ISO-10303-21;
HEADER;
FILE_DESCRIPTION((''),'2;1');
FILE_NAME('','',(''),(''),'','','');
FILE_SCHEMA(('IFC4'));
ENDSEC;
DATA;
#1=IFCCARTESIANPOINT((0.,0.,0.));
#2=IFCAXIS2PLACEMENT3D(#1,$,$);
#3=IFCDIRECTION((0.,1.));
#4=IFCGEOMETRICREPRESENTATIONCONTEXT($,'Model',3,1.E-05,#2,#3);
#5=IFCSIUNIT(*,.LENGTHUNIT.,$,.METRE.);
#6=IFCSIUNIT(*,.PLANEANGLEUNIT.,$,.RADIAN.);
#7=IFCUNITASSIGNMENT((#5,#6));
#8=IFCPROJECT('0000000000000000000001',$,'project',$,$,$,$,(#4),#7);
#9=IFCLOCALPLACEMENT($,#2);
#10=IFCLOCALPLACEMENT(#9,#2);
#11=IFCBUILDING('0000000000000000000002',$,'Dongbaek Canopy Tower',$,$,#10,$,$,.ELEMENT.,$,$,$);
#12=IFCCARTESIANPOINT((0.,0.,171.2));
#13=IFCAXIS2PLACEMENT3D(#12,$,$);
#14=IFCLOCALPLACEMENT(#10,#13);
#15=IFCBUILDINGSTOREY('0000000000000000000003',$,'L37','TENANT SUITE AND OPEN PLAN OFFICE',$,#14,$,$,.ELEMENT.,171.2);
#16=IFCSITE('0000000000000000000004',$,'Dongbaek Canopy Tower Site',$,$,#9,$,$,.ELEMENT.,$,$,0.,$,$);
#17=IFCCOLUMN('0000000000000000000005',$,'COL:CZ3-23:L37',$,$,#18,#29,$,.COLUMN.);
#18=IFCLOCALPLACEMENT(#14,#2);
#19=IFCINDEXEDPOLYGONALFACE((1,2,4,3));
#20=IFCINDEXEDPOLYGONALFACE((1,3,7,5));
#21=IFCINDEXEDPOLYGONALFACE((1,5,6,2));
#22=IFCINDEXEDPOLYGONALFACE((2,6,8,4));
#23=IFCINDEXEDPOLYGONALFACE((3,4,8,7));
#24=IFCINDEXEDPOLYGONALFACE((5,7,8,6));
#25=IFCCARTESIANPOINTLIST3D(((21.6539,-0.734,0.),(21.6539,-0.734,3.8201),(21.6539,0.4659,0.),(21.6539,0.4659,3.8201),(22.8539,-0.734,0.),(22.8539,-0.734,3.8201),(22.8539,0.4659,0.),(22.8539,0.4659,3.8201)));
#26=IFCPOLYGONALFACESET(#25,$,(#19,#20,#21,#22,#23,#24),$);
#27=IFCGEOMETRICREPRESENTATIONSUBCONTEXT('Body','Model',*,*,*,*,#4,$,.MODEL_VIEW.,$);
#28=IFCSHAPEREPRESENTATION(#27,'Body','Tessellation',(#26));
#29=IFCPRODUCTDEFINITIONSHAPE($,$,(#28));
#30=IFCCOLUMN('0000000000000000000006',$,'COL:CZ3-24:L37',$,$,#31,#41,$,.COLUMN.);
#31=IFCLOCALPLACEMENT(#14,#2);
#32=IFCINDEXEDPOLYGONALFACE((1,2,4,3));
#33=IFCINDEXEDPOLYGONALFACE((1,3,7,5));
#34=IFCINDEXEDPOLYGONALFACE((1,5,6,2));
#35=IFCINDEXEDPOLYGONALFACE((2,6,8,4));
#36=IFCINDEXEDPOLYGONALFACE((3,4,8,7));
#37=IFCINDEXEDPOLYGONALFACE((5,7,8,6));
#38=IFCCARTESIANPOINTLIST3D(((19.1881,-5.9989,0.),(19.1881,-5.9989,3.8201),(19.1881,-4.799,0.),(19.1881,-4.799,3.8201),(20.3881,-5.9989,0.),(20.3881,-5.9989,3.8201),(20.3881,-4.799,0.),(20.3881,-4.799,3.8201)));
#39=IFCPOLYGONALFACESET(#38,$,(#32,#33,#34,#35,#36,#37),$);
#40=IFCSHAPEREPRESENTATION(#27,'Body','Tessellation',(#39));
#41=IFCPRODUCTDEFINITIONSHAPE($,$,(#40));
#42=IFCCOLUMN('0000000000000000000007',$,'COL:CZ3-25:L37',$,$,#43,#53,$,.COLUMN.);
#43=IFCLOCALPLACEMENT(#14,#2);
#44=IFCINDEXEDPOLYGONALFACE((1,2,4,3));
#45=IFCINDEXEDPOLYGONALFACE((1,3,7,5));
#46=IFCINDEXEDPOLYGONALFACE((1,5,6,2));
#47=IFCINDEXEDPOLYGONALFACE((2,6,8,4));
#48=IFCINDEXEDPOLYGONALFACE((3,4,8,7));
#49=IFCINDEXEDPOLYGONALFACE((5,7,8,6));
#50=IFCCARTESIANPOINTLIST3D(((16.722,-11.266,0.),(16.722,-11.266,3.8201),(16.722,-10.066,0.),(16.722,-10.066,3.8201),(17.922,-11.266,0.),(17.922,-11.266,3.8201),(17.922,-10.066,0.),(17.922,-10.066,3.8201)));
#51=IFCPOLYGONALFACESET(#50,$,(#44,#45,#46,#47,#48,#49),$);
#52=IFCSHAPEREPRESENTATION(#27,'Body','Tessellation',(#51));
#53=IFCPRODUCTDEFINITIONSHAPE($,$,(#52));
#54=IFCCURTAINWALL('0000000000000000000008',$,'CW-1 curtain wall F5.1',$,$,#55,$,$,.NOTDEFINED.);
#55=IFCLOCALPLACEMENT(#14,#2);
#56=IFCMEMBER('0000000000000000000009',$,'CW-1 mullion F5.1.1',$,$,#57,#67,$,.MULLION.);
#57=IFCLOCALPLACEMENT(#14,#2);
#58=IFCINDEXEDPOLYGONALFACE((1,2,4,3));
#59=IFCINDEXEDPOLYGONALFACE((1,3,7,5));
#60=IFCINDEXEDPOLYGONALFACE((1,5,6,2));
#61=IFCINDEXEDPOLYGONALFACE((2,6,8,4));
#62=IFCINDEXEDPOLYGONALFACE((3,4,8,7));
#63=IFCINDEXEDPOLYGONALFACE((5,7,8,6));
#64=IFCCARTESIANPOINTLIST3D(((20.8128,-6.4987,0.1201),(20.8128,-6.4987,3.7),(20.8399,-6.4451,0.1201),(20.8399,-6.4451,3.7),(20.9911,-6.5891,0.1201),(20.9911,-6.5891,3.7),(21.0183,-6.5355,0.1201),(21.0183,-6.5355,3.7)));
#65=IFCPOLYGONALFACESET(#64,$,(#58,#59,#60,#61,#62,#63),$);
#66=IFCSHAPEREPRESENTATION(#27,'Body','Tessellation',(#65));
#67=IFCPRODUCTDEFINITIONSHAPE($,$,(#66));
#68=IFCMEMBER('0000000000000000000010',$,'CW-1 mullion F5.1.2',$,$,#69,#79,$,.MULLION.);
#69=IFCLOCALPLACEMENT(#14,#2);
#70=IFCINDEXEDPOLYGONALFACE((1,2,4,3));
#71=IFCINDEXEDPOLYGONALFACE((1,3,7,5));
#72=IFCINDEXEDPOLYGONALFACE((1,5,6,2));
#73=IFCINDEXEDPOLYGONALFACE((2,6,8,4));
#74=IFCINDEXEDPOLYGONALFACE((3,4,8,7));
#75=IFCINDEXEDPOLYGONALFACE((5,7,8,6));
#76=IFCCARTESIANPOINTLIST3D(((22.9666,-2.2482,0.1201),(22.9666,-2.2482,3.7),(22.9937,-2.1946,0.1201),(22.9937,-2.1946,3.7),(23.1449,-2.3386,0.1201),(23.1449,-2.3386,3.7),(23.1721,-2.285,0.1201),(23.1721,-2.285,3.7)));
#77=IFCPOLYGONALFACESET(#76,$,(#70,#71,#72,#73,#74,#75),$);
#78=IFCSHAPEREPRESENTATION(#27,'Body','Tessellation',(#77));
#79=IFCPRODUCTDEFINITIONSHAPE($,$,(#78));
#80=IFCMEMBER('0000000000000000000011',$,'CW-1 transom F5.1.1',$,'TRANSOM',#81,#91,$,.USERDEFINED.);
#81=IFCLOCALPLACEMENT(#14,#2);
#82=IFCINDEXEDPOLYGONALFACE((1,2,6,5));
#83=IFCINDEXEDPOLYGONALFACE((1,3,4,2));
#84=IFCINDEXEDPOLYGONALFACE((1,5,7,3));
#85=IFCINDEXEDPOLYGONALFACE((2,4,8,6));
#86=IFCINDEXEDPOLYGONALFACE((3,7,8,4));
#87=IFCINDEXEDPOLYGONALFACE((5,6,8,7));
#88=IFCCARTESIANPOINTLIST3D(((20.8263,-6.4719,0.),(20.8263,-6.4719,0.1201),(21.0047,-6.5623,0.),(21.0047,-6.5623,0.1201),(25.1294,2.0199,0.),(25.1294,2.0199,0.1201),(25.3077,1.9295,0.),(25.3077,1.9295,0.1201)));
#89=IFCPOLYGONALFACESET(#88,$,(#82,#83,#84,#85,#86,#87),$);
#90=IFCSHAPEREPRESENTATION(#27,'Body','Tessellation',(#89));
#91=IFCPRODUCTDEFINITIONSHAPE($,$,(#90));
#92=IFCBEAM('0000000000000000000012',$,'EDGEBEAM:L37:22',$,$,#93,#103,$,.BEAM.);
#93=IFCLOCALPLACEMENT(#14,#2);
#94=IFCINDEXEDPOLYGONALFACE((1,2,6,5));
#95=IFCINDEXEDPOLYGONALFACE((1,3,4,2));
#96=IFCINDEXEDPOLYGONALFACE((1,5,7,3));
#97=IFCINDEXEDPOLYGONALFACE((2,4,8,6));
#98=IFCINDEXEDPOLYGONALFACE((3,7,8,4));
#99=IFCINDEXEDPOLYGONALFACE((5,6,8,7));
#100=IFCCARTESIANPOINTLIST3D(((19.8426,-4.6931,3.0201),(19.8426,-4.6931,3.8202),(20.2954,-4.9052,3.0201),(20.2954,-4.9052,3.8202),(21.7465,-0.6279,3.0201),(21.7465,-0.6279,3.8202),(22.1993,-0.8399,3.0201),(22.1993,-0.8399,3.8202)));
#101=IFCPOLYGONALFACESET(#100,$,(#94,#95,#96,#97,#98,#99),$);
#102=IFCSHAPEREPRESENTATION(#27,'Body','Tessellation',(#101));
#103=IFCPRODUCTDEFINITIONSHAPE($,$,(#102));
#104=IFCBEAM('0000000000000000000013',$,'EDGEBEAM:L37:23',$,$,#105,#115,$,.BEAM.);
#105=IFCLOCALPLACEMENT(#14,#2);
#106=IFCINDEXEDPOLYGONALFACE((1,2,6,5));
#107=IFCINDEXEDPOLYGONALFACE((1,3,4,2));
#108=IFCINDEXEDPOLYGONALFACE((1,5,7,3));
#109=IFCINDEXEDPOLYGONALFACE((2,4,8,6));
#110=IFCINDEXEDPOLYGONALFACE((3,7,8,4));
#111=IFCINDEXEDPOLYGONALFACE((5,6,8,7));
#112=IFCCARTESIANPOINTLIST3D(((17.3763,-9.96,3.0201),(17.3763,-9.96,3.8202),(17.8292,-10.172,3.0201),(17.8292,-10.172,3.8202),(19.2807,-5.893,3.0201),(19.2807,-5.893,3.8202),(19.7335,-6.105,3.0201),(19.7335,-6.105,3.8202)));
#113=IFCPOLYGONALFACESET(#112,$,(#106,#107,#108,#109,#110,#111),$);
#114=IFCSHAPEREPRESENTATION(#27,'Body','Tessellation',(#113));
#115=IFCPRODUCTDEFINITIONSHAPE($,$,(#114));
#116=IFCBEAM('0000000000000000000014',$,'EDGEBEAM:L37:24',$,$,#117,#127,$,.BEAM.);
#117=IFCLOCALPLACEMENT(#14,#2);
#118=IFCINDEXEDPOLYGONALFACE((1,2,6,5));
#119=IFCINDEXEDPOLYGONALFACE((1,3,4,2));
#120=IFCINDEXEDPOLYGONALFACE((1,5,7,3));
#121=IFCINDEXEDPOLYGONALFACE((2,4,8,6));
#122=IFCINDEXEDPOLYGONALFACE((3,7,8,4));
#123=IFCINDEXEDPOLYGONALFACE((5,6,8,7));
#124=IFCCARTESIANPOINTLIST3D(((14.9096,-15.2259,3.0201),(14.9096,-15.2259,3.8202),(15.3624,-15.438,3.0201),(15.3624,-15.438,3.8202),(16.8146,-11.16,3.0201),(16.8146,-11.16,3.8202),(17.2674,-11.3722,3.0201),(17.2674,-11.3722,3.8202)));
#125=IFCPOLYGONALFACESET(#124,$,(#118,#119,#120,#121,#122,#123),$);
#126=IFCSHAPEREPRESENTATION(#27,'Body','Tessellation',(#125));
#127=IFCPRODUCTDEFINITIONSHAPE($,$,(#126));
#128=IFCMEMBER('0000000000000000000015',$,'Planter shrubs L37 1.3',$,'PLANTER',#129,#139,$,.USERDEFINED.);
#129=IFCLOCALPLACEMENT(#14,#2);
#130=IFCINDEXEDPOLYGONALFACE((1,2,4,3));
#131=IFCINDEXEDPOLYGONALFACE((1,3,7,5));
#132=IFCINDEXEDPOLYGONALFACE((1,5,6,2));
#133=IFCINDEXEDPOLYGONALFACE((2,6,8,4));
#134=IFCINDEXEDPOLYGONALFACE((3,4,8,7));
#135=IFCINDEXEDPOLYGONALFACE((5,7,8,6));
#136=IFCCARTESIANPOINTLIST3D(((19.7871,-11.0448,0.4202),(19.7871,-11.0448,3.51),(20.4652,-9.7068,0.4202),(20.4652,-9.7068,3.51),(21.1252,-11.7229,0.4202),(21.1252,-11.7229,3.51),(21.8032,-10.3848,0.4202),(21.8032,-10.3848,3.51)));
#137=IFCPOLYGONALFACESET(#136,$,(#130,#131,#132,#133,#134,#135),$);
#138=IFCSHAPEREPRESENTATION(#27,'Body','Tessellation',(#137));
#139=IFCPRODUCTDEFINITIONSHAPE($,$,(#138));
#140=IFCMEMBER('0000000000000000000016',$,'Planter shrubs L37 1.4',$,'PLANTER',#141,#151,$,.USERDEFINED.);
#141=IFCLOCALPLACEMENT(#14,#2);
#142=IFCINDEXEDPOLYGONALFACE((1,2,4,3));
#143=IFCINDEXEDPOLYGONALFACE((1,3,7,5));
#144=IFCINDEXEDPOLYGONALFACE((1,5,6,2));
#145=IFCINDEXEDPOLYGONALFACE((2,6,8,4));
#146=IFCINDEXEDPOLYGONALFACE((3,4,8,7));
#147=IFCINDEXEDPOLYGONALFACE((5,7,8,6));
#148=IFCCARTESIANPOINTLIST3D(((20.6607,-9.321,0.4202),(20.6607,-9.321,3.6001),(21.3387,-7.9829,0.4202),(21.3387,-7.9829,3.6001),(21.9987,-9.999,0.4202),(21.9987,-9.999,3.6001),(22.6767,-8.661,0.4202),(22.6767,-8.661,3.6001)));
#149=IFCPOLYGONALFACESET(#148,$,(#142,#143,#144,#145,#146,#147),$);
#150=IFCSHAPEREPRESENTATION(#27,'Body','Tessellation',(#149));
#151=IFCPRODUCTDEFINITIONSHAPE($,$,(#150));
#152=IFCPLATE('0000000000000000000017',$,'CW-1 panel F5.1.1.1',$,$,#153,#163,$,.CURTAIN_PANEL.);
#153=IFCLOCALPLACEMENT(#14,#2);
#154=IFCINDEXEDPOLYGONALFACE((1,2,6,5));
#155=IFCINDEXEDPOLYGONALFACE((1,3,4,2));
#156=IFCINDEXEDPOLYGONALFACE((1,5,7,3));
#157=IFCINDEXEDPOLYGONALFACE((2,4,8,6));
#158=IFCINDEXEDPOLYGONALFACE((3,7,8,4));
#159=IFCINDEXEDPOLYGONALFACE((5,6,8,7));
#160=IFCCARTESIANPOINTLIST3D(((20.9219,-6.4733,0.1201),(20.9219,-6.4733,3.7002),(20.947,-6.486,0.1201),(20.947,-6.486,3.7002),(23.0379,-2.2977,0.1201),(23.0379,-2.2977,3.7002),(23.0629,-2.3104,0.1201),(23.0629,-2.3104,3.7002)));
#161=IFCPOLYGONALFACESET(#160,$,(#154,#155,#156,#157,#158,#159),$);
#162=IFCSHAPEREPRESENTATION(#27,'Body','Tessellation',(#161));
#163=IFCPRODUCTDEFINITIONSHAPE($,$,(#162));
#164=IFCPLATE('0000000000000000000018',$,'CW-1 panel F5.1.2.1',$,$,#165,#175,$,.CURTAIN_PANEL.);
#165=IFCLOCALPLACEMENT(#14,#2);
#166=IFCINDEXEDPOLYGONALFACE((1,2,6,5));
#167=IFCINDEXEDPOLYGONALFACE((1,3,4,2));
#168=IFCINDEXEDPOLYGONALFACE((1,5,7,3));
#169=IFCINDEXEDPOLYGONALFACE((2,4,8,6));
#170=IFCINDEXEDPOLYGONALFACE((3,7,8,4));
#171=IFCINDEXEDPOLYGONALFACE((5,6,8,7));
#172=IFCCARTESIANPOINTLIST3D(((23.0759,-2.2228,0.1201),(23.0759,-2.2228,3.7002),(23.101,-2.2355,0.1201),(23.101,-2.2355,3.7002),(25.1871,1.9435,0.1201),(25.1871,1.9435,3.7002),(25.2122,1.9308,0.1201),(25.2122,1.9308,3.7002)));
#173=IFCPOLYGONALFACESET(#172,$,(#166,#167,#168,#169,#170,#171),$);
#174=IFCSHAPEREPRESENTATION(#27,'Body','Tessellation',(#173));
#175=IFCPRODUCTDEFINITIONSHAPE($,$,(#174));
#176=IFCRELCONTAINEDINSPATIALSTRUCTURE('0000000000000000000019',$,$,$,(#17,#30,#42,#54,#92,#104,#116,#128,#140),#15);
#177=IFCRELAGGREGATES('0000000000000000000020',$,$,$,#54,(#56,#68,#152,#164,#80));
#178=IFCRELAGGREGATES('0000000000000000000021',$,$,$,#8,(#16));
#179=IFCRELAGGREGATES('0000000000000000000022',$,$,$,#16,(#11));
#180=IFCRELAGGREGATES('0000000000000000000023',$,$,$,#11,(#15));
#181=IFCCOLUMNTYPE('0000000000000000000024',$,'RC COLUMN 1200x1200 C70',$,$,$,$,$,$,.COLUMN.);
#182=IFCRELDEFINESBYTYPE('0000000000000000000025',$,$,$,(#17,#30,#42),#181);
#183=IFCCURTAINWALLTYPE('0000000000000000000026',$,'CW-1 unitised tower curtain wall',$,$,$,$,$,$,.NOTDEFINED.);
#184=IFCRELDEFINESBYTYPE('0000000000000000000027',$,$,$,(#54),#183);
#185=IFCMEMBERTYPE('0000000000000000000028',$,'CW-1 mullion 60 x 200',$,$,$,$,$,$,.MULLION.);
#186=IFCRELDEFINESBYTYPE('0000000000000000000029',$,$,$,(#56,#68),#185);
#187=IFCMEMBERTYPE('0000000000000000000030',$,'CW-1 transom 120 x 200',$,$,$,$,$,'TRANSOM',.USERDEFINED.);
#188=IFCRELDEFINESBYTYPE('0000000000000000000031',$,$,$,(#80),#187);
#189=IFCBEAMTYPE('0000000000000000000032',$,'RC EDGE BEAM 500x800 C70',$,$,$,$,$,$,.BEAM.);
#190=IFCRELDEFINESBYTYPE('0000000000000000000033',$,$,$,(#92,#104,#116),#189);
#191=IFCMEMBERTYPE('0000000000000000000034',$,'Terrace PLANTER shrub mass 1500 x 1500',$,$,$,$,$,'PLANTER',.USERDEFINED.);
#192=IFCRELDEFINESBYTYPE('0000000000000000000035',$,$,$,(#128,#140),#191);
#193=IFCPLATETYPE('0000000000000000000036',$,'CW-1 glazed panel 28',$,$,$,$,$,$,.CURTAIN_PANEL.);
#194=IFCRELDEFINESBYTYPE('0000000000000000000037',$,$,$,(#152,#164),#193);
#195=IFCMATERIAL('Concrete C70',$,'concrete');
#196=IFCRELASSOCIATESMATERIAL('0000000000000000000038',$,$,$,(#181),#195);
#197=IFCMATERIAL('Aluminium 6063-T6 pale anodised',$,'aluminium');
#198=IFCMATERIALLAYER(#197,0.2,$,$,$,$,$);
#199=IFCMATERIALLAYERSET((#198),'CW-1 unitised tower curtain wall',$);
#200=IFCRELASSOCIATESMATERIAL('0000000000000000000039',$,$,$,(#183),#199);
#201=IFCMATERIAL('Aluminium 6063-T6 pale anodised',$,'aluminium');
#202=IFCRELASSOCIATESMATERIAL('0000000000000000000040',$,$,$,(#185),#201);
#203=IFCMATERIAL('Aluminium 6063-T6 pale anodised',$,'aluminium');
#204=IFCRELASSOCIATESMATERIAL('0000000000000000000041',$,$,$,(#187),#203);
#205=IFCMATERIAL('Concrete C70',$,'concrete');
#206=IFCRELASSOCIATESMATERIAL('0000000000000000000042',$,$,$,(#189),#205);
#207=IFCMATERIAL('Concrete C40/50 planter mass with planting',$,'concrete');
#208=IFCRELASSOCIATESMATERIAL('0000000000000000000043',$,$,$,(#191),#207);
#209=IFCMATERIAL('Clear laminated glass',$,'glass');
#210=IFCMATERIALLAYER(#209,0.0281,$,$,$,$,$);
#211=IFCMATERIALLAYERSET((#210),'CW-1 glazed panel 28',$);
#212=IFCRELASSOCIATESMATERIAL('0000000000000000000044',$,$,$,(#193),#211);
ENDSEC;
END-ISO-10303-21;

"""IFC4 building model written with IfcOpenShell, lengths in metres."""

from ifc_helpers import new_model, si_unit, direction, frame, origin, origin_2d, place, context, subcontext, project, spatial, rectangle, extrude, material, layer, layer_set, material_profile, profile_set, type_object, element, aggregate, save


model = new_model("IFC4")

# Units and contexts
model_context = context("Model", 3, precision=1e-05, world=origin(), true_north=direction((0.0, 1.0)))
body_context = subcontext(model_context, "Body", "Model", "MODEL_VIEW")
ifc_project = project(units=[si_unit("LENGTHUNIT", "METRE"), si_unit("PLANEANGLEUNIT", "RADIAN")], contexts=[model_context])

# Site, building, storey
site_placement = place(None, origin())
site = spatial("IfcSite", under=ifc_project, at=site_placement, Name="Dongbaek Canopy Tower Site", CompositionType="ELEMENT", RefElevation=0.0)
building_placement = place(site_placement, origin())
building = spatial("IfcBuilding", under=site, at=building_placement, Name="Dongbaek Canopy Tower", CompositionType="ELEMENT")
storey_placement = place(building_placement, frame((0.0, 0.0, 171.2)))
storey = spatial("IfcBuildingStorey", under=building, at=storey_placement, Name="L37", Description="TENANT SUITE AND OPEN PLAN OFFICE", CompositionType="ELEMENT", Elevation=171.2)

# Columns
ifc_material_1 = material(Name="Concrete C70", Category="concrete")
ifc_material_profile_1 = material_profile(ifc_material_1, rectangle(XDim=1.2, YDim=1.2, at=origin_2d()), Name="RC COLUMN 1200x1200 C70")
ifc_profile_set_1 = profile_set([ifc_material_profile_1], Name="Concrete C70")
column_type = type_object("IfcColumnType", Name="RC COLUMN 1200x1200 C70", PredefinedType="COLUMN", material=ifc_profile_set_1)
for number, where, z_axis, x_axis, name in (
    (1, (22.2539, -0.134, 0.0), (0.0, 0.0, 1.0), (1.0, 0.0, 0.0), "COL:CZ3-23:L37"),
    (2, (19.7881, -5.3989, 0.0), (0.0, 0.0, 1.0), (1.0, 0.0, 0.0), "COL:CZ3-24:L37"),
    (3, (17.322, -10.666, 0.0), (0.0, 0.0, 1.0), (1.0, 0.0, 0.0), "COL:CZ3-25:L37"),
):
    element("IfcColumn", number, at=place(storey_placement, frame(where, z_axis=z_axis, x_axis=x_axis)), inside=storey, type_object=column_type, Name=name, PredefinedType="COLUMN", context=body_context, shape_type="SweptSolid", body=[
        extrude(rectangle(XDim=1.2, YDim=1.2, at=origin_2d()), origin(), (0.0, 0.0, 1.0), 3.8201),
    ])

# Curtain wall, members
ifc_material_2 = material(Name="Aluminium 6063-T6 pale anodised", Category="aluminium")
ifc_layer_1 = layer(ifc_material_2, 0.2)
ifc_layer_set_1 = layer_set([ifc_layer_1], Name="CW-1 unitised tower curtain wall")
curtain_wall_type = type_object("IfcCurtainWallType", Name="CW-1 unitised tower curtain wall", PredefinedType="NOTDEFINED", material=ifc_layer_set_1)
curtain_wall_placement = place(storey_placement, origin())
curtain_wall = element("IfcCurtainWall", 4, at=curtain_wall_placement, inside=storey, type_object=curtain_wall_type, Name="CW-1 curtain wall F5.1", PredefinedType="NOTDEFINED")
ifc_material_3 = material(Name="Aluminium 6063-T6 pale anodised", Category="aluminium")
ifc_material_profile_2 = material_profile(ifc_material_3, rectangle(XDim=0.2, YDim=0.0601, at=origin_2d()), Name="CW-1 mullion 60 x 200")
ifc_profile_set_2 = profile_set([ifc_material_profile_2], Name="Aluminium 6063-T6 pale anodised")
member_type_1 = type_object("IfcMemberType", Name="CW-1 mullion 60 x 200", PredefinedType="MULLION", material=ifc_profile_set_2)
member_1_placement = place(storey_placement, frame((20.9155, -6.5171, 0.1201), z_axis=(0.0, 0.0, 1.0), x_axis=(0.892013, -0.452009, 0.0)))
member_1 = element("IfcMember", 5, at=member_1_placement, type_object=member_type_1, Name="CW-1 mullion F5.1.1", PredefinedType="MULLION", context=body_context, shape_type="SweptSolid", body=[
    extrude(rectangle(XDim=0.2, YDim=0.0601, at=origin_2d()), origin(), (0.0, 0.0, 1.0), 3.5798),
])
member_2_placement = place(storey_placement, frame((23.0693, -2.2666, 0.1201), z_axis=(0.0, 0.0, 1.0), x_axis=(0.892013, -0.452009, 0.0)))
member_2 = element("IfcMember", 6, at=member_2_placement, type_object=member_type_1, Name="CW-1 mullion F5.1.2", PredefinedType="MULLION", context=body_context, shape_type="SweptSolid", body=[
    extrude(rectangle(XDim=0.2, YDim=0.0601, at=origin_2d()), origin(), (0.0, 0.0, 1.0), 3.5798),
])
ifc_material_4 = material(Name="Aluminium 6063-T6 pale anodised", Category="aluminium")
ifc_material_profile_3 = material_profile(ifc_material_4, rectangle(XDim=0.2, YDim=0.1201, at=origin_2d()), Name="CW-1 transom 120 x 200")
ifc_profile_set_3 = profile_set([ifc_material_profile_3], Name="Aluminium 6063-T6 pale anodised")
member_type_2 = type_object("IfcMemberType", Name="CW-1 transom 120 x 200", ElementType="TRANSOM", PredefinedType="USERDEFINED", material=ifc_profile_set_3)
member_3_placement = place(storey_placement, frame((20.9155, -6.5171, 0.0601), z_axis=(0.452008, 0.892014, 0.0), x_axis=(-0.892014, 0.452008, 0.0)))
member_3 = element("IfcMember", 7, at=member_3_placement, type_object=member_type_2, Name="CW-1 transom F5.1.1", ObjectType="TRANSOM", PredefinedType="USERDEFINED", context=body_context, shape_type="SweptSolid", body=[
    extrude(rectangle(XDim=0.2, YDim=0.1201, at=origin_2d()), origin(), (0.0, 0.0, 1.0), 9.5198),
])

# Beams
ifc_material_5 = material(Name="Concrete C70", Category="concrete")
ifc_material_profile_4 = material_profile(ifc_material_5, rectangle(XDim=0.5, YDim=0.8, at=origin_2d()), Name="RC EDGE BEAM 500x800 C70")
ifc_profile_set_4 = profile_set([ifc_material_profile_4], Name="Concrete C70")
beam_type = type_object("IfcBeamType", Name="RC EDGE BEAM 500x800 C70", PredefinedType="BEAM", material=ifc_profile_set_4)
beam_1_placement = place(storey_placement, frame((21.9729, -0.7339, 3.4202), z_axis=(-0.424115, -0.905608, 0.0), x_axis=(0.905608, -0.424115, 0.0)))
element("IfcBeam", 8, at=beam_1_placement, inside=storey, type_object=beam_type, Name="EDGEBEAM:L37:22", PredefinedType="BEAM", context=body_context, shape_type="SweptSolid", body=[
    extrude(rectangle(XDim=0.5, YDim=0.8, at=origin_2d()), origin(), (0.0, 0.0, 1.0), 4.489),
])
beam_2_placement = place(storey_placement, frame((19.5071, -5.999, 3.4202), z_axis=(-0.424058, -0.905635, 0.0), x_axis=(0.905635, -0.424058, 0.0)))
element("IfcBeam", 9, at=beam_2_placement, inside=storey, type_object=beam_type, Name="EDGEBEAM:L37:23", PredefinedType="BEAM", context=body_context, shape_type="SweptSolid", body=[
    extrude(rectangle(XDim=0.5, YDim=0.8, at=origin_2d()), origin(), (0.0, 0.0, 1.0), 4.4907),
])
beam_3_placement = place(storey_placement, frame((17.041, -11.2661, 3.4202), z_axis=(-0.424275, -0.905533, 0.0), x_axis=(0.905533, -0.424275, 0.0)))
element("IfcBeam", 10, at=beam_3_placement, inside=storey, type_object=beam_type, Name="EDGEBEAM:L37:24", PredefinedType="BEAM", context=body_context, shape_type="SweptSolid", body=[
    extrude(rectangle(XDim=0.5, YDim=0.8, at=origin_2d()), origin(), (0.0, 0.0, 1.0), 4.49),
])

# Members
ifc_material_6 = material(Name="Concrete C40/50 planter mass with planting", Category="concrete")
ifc_material_profile_5 = material_profile(ifc_material_6, rectangle(XDim=1.5, YDim=1.5, at=origin_2d()), Name="Terrace PLANTER shrub mass 1500 x 1500")
ifc_profile_set_5 = profile_set([ifc_material_profile_5], Name="Concrete C40/50 planter mass with planting")
member_type_3 = type_object("IfcMemberType", Name="Terrace PLANTER shrub mass 1500 x 1500", ElementType="PLANTER", PredefinedType="USERDEFINED", material=ifc_profile_set_5)
member_4_placement = place(storey_placement, frame((20.7952, -10.7148, 0.4202), z_axis=(0.0, 0.0, 1.0), x_axis=(0.892013, -0.452009, 0.0)))
element("IfcMember", 11, at=member_4_placement, inside=storey, type_object=member_type_3, Name="Planter shrubs L37 1.3", ObjectType="PLANTER", PredefinedType="USERDEFINED", context=body_context, shape_type="SweptSolid", body=[
    extrude(rectangle(XDim=1.5, YDim=1.5, at=origin_2d()), origin(), (0.0, 0.0, 1.0), 3.0898),
])
member_5_placement = place(storey_placement, frame((21.6687, -8.991, 0.4202), z_axis=(0.0, 0.0, 1.0), x_axis=(0.892013, -0.452009, 0.0)))
element("IfcMember", 12, at=member_5_placement, inside=storey, type_object=member_type_3, Name="Planter shrubs L37 1.4", ObjectType="PLANTER", PredefinedType="USERDEFINED", context=body_context, shape_type="SweptSolid", body=[
    extrude(rectangle(XDim=1.5, YDim=1.5, at=origin_2d()), origin(), (0.0, 0.0, 1.0), 3.1799),
])

# Plates
ifc_material_7 = material(Name="Clear laminated glass", Category="glass")
ifc_layer_2 = layer(ifc_material_7, 0.0281)
ifc_layer_set_2 = layer_set([ifc_layer_2], Name="CW-1 glazed panel 28")
plate_type = type_object("IfcPlateType", Name="CW-1 glazed panel 28", PredefinedType="CURTAIN_PANEL", material=ifc_layer_set_2)
plate_1_placement = place(storey_placement, frame((21.9924, -4.3918, 0.1201), z_axis=(0.0, 0.0, 1.0), x_axis=(0.452009, 0.892013, 0.0)))
plate_1 = element("IfcPlate", 13, at=plate_1_placement, type_object=plate_type, Name="CW-1 panel F5.1.1.1", PredefinedType="CURTAIN_PANEL", context=body_context, shape_type="SweptSolid", body=[
    extrude(rectangle(XDim=4.6812, YDim=0.0281, at=origin_2d()), origin(), (0.0, 0.0, 1.0), 3.5801),
])
plate_2_placement = place(storey_placement, frame((24.144, -0.146, 0.1201), z_axis=(0.0, 0.0, 1.0), x_axis=(0.452009, 0.892013, 0.0)))
plate_2 = element("IfcPlate", 14, at=plate_2_placement, type_object=plate_type, Name="CW-1 panel F5.1.2.1", PredefinedType="CURTAIN_PANEL", context=body_context, shape_type="SweptSolid", body=[
    extrude(rectangle(XDim=4.6707, YDim=0.0281, at=origin_2d()), origin(), (0.0, 0.0, 1.0), 3.5801),
])

aggregate(curtain_wall, [member_1, member_2, plate_1, plate_2, member_3])

save(model, "model.ifc")
